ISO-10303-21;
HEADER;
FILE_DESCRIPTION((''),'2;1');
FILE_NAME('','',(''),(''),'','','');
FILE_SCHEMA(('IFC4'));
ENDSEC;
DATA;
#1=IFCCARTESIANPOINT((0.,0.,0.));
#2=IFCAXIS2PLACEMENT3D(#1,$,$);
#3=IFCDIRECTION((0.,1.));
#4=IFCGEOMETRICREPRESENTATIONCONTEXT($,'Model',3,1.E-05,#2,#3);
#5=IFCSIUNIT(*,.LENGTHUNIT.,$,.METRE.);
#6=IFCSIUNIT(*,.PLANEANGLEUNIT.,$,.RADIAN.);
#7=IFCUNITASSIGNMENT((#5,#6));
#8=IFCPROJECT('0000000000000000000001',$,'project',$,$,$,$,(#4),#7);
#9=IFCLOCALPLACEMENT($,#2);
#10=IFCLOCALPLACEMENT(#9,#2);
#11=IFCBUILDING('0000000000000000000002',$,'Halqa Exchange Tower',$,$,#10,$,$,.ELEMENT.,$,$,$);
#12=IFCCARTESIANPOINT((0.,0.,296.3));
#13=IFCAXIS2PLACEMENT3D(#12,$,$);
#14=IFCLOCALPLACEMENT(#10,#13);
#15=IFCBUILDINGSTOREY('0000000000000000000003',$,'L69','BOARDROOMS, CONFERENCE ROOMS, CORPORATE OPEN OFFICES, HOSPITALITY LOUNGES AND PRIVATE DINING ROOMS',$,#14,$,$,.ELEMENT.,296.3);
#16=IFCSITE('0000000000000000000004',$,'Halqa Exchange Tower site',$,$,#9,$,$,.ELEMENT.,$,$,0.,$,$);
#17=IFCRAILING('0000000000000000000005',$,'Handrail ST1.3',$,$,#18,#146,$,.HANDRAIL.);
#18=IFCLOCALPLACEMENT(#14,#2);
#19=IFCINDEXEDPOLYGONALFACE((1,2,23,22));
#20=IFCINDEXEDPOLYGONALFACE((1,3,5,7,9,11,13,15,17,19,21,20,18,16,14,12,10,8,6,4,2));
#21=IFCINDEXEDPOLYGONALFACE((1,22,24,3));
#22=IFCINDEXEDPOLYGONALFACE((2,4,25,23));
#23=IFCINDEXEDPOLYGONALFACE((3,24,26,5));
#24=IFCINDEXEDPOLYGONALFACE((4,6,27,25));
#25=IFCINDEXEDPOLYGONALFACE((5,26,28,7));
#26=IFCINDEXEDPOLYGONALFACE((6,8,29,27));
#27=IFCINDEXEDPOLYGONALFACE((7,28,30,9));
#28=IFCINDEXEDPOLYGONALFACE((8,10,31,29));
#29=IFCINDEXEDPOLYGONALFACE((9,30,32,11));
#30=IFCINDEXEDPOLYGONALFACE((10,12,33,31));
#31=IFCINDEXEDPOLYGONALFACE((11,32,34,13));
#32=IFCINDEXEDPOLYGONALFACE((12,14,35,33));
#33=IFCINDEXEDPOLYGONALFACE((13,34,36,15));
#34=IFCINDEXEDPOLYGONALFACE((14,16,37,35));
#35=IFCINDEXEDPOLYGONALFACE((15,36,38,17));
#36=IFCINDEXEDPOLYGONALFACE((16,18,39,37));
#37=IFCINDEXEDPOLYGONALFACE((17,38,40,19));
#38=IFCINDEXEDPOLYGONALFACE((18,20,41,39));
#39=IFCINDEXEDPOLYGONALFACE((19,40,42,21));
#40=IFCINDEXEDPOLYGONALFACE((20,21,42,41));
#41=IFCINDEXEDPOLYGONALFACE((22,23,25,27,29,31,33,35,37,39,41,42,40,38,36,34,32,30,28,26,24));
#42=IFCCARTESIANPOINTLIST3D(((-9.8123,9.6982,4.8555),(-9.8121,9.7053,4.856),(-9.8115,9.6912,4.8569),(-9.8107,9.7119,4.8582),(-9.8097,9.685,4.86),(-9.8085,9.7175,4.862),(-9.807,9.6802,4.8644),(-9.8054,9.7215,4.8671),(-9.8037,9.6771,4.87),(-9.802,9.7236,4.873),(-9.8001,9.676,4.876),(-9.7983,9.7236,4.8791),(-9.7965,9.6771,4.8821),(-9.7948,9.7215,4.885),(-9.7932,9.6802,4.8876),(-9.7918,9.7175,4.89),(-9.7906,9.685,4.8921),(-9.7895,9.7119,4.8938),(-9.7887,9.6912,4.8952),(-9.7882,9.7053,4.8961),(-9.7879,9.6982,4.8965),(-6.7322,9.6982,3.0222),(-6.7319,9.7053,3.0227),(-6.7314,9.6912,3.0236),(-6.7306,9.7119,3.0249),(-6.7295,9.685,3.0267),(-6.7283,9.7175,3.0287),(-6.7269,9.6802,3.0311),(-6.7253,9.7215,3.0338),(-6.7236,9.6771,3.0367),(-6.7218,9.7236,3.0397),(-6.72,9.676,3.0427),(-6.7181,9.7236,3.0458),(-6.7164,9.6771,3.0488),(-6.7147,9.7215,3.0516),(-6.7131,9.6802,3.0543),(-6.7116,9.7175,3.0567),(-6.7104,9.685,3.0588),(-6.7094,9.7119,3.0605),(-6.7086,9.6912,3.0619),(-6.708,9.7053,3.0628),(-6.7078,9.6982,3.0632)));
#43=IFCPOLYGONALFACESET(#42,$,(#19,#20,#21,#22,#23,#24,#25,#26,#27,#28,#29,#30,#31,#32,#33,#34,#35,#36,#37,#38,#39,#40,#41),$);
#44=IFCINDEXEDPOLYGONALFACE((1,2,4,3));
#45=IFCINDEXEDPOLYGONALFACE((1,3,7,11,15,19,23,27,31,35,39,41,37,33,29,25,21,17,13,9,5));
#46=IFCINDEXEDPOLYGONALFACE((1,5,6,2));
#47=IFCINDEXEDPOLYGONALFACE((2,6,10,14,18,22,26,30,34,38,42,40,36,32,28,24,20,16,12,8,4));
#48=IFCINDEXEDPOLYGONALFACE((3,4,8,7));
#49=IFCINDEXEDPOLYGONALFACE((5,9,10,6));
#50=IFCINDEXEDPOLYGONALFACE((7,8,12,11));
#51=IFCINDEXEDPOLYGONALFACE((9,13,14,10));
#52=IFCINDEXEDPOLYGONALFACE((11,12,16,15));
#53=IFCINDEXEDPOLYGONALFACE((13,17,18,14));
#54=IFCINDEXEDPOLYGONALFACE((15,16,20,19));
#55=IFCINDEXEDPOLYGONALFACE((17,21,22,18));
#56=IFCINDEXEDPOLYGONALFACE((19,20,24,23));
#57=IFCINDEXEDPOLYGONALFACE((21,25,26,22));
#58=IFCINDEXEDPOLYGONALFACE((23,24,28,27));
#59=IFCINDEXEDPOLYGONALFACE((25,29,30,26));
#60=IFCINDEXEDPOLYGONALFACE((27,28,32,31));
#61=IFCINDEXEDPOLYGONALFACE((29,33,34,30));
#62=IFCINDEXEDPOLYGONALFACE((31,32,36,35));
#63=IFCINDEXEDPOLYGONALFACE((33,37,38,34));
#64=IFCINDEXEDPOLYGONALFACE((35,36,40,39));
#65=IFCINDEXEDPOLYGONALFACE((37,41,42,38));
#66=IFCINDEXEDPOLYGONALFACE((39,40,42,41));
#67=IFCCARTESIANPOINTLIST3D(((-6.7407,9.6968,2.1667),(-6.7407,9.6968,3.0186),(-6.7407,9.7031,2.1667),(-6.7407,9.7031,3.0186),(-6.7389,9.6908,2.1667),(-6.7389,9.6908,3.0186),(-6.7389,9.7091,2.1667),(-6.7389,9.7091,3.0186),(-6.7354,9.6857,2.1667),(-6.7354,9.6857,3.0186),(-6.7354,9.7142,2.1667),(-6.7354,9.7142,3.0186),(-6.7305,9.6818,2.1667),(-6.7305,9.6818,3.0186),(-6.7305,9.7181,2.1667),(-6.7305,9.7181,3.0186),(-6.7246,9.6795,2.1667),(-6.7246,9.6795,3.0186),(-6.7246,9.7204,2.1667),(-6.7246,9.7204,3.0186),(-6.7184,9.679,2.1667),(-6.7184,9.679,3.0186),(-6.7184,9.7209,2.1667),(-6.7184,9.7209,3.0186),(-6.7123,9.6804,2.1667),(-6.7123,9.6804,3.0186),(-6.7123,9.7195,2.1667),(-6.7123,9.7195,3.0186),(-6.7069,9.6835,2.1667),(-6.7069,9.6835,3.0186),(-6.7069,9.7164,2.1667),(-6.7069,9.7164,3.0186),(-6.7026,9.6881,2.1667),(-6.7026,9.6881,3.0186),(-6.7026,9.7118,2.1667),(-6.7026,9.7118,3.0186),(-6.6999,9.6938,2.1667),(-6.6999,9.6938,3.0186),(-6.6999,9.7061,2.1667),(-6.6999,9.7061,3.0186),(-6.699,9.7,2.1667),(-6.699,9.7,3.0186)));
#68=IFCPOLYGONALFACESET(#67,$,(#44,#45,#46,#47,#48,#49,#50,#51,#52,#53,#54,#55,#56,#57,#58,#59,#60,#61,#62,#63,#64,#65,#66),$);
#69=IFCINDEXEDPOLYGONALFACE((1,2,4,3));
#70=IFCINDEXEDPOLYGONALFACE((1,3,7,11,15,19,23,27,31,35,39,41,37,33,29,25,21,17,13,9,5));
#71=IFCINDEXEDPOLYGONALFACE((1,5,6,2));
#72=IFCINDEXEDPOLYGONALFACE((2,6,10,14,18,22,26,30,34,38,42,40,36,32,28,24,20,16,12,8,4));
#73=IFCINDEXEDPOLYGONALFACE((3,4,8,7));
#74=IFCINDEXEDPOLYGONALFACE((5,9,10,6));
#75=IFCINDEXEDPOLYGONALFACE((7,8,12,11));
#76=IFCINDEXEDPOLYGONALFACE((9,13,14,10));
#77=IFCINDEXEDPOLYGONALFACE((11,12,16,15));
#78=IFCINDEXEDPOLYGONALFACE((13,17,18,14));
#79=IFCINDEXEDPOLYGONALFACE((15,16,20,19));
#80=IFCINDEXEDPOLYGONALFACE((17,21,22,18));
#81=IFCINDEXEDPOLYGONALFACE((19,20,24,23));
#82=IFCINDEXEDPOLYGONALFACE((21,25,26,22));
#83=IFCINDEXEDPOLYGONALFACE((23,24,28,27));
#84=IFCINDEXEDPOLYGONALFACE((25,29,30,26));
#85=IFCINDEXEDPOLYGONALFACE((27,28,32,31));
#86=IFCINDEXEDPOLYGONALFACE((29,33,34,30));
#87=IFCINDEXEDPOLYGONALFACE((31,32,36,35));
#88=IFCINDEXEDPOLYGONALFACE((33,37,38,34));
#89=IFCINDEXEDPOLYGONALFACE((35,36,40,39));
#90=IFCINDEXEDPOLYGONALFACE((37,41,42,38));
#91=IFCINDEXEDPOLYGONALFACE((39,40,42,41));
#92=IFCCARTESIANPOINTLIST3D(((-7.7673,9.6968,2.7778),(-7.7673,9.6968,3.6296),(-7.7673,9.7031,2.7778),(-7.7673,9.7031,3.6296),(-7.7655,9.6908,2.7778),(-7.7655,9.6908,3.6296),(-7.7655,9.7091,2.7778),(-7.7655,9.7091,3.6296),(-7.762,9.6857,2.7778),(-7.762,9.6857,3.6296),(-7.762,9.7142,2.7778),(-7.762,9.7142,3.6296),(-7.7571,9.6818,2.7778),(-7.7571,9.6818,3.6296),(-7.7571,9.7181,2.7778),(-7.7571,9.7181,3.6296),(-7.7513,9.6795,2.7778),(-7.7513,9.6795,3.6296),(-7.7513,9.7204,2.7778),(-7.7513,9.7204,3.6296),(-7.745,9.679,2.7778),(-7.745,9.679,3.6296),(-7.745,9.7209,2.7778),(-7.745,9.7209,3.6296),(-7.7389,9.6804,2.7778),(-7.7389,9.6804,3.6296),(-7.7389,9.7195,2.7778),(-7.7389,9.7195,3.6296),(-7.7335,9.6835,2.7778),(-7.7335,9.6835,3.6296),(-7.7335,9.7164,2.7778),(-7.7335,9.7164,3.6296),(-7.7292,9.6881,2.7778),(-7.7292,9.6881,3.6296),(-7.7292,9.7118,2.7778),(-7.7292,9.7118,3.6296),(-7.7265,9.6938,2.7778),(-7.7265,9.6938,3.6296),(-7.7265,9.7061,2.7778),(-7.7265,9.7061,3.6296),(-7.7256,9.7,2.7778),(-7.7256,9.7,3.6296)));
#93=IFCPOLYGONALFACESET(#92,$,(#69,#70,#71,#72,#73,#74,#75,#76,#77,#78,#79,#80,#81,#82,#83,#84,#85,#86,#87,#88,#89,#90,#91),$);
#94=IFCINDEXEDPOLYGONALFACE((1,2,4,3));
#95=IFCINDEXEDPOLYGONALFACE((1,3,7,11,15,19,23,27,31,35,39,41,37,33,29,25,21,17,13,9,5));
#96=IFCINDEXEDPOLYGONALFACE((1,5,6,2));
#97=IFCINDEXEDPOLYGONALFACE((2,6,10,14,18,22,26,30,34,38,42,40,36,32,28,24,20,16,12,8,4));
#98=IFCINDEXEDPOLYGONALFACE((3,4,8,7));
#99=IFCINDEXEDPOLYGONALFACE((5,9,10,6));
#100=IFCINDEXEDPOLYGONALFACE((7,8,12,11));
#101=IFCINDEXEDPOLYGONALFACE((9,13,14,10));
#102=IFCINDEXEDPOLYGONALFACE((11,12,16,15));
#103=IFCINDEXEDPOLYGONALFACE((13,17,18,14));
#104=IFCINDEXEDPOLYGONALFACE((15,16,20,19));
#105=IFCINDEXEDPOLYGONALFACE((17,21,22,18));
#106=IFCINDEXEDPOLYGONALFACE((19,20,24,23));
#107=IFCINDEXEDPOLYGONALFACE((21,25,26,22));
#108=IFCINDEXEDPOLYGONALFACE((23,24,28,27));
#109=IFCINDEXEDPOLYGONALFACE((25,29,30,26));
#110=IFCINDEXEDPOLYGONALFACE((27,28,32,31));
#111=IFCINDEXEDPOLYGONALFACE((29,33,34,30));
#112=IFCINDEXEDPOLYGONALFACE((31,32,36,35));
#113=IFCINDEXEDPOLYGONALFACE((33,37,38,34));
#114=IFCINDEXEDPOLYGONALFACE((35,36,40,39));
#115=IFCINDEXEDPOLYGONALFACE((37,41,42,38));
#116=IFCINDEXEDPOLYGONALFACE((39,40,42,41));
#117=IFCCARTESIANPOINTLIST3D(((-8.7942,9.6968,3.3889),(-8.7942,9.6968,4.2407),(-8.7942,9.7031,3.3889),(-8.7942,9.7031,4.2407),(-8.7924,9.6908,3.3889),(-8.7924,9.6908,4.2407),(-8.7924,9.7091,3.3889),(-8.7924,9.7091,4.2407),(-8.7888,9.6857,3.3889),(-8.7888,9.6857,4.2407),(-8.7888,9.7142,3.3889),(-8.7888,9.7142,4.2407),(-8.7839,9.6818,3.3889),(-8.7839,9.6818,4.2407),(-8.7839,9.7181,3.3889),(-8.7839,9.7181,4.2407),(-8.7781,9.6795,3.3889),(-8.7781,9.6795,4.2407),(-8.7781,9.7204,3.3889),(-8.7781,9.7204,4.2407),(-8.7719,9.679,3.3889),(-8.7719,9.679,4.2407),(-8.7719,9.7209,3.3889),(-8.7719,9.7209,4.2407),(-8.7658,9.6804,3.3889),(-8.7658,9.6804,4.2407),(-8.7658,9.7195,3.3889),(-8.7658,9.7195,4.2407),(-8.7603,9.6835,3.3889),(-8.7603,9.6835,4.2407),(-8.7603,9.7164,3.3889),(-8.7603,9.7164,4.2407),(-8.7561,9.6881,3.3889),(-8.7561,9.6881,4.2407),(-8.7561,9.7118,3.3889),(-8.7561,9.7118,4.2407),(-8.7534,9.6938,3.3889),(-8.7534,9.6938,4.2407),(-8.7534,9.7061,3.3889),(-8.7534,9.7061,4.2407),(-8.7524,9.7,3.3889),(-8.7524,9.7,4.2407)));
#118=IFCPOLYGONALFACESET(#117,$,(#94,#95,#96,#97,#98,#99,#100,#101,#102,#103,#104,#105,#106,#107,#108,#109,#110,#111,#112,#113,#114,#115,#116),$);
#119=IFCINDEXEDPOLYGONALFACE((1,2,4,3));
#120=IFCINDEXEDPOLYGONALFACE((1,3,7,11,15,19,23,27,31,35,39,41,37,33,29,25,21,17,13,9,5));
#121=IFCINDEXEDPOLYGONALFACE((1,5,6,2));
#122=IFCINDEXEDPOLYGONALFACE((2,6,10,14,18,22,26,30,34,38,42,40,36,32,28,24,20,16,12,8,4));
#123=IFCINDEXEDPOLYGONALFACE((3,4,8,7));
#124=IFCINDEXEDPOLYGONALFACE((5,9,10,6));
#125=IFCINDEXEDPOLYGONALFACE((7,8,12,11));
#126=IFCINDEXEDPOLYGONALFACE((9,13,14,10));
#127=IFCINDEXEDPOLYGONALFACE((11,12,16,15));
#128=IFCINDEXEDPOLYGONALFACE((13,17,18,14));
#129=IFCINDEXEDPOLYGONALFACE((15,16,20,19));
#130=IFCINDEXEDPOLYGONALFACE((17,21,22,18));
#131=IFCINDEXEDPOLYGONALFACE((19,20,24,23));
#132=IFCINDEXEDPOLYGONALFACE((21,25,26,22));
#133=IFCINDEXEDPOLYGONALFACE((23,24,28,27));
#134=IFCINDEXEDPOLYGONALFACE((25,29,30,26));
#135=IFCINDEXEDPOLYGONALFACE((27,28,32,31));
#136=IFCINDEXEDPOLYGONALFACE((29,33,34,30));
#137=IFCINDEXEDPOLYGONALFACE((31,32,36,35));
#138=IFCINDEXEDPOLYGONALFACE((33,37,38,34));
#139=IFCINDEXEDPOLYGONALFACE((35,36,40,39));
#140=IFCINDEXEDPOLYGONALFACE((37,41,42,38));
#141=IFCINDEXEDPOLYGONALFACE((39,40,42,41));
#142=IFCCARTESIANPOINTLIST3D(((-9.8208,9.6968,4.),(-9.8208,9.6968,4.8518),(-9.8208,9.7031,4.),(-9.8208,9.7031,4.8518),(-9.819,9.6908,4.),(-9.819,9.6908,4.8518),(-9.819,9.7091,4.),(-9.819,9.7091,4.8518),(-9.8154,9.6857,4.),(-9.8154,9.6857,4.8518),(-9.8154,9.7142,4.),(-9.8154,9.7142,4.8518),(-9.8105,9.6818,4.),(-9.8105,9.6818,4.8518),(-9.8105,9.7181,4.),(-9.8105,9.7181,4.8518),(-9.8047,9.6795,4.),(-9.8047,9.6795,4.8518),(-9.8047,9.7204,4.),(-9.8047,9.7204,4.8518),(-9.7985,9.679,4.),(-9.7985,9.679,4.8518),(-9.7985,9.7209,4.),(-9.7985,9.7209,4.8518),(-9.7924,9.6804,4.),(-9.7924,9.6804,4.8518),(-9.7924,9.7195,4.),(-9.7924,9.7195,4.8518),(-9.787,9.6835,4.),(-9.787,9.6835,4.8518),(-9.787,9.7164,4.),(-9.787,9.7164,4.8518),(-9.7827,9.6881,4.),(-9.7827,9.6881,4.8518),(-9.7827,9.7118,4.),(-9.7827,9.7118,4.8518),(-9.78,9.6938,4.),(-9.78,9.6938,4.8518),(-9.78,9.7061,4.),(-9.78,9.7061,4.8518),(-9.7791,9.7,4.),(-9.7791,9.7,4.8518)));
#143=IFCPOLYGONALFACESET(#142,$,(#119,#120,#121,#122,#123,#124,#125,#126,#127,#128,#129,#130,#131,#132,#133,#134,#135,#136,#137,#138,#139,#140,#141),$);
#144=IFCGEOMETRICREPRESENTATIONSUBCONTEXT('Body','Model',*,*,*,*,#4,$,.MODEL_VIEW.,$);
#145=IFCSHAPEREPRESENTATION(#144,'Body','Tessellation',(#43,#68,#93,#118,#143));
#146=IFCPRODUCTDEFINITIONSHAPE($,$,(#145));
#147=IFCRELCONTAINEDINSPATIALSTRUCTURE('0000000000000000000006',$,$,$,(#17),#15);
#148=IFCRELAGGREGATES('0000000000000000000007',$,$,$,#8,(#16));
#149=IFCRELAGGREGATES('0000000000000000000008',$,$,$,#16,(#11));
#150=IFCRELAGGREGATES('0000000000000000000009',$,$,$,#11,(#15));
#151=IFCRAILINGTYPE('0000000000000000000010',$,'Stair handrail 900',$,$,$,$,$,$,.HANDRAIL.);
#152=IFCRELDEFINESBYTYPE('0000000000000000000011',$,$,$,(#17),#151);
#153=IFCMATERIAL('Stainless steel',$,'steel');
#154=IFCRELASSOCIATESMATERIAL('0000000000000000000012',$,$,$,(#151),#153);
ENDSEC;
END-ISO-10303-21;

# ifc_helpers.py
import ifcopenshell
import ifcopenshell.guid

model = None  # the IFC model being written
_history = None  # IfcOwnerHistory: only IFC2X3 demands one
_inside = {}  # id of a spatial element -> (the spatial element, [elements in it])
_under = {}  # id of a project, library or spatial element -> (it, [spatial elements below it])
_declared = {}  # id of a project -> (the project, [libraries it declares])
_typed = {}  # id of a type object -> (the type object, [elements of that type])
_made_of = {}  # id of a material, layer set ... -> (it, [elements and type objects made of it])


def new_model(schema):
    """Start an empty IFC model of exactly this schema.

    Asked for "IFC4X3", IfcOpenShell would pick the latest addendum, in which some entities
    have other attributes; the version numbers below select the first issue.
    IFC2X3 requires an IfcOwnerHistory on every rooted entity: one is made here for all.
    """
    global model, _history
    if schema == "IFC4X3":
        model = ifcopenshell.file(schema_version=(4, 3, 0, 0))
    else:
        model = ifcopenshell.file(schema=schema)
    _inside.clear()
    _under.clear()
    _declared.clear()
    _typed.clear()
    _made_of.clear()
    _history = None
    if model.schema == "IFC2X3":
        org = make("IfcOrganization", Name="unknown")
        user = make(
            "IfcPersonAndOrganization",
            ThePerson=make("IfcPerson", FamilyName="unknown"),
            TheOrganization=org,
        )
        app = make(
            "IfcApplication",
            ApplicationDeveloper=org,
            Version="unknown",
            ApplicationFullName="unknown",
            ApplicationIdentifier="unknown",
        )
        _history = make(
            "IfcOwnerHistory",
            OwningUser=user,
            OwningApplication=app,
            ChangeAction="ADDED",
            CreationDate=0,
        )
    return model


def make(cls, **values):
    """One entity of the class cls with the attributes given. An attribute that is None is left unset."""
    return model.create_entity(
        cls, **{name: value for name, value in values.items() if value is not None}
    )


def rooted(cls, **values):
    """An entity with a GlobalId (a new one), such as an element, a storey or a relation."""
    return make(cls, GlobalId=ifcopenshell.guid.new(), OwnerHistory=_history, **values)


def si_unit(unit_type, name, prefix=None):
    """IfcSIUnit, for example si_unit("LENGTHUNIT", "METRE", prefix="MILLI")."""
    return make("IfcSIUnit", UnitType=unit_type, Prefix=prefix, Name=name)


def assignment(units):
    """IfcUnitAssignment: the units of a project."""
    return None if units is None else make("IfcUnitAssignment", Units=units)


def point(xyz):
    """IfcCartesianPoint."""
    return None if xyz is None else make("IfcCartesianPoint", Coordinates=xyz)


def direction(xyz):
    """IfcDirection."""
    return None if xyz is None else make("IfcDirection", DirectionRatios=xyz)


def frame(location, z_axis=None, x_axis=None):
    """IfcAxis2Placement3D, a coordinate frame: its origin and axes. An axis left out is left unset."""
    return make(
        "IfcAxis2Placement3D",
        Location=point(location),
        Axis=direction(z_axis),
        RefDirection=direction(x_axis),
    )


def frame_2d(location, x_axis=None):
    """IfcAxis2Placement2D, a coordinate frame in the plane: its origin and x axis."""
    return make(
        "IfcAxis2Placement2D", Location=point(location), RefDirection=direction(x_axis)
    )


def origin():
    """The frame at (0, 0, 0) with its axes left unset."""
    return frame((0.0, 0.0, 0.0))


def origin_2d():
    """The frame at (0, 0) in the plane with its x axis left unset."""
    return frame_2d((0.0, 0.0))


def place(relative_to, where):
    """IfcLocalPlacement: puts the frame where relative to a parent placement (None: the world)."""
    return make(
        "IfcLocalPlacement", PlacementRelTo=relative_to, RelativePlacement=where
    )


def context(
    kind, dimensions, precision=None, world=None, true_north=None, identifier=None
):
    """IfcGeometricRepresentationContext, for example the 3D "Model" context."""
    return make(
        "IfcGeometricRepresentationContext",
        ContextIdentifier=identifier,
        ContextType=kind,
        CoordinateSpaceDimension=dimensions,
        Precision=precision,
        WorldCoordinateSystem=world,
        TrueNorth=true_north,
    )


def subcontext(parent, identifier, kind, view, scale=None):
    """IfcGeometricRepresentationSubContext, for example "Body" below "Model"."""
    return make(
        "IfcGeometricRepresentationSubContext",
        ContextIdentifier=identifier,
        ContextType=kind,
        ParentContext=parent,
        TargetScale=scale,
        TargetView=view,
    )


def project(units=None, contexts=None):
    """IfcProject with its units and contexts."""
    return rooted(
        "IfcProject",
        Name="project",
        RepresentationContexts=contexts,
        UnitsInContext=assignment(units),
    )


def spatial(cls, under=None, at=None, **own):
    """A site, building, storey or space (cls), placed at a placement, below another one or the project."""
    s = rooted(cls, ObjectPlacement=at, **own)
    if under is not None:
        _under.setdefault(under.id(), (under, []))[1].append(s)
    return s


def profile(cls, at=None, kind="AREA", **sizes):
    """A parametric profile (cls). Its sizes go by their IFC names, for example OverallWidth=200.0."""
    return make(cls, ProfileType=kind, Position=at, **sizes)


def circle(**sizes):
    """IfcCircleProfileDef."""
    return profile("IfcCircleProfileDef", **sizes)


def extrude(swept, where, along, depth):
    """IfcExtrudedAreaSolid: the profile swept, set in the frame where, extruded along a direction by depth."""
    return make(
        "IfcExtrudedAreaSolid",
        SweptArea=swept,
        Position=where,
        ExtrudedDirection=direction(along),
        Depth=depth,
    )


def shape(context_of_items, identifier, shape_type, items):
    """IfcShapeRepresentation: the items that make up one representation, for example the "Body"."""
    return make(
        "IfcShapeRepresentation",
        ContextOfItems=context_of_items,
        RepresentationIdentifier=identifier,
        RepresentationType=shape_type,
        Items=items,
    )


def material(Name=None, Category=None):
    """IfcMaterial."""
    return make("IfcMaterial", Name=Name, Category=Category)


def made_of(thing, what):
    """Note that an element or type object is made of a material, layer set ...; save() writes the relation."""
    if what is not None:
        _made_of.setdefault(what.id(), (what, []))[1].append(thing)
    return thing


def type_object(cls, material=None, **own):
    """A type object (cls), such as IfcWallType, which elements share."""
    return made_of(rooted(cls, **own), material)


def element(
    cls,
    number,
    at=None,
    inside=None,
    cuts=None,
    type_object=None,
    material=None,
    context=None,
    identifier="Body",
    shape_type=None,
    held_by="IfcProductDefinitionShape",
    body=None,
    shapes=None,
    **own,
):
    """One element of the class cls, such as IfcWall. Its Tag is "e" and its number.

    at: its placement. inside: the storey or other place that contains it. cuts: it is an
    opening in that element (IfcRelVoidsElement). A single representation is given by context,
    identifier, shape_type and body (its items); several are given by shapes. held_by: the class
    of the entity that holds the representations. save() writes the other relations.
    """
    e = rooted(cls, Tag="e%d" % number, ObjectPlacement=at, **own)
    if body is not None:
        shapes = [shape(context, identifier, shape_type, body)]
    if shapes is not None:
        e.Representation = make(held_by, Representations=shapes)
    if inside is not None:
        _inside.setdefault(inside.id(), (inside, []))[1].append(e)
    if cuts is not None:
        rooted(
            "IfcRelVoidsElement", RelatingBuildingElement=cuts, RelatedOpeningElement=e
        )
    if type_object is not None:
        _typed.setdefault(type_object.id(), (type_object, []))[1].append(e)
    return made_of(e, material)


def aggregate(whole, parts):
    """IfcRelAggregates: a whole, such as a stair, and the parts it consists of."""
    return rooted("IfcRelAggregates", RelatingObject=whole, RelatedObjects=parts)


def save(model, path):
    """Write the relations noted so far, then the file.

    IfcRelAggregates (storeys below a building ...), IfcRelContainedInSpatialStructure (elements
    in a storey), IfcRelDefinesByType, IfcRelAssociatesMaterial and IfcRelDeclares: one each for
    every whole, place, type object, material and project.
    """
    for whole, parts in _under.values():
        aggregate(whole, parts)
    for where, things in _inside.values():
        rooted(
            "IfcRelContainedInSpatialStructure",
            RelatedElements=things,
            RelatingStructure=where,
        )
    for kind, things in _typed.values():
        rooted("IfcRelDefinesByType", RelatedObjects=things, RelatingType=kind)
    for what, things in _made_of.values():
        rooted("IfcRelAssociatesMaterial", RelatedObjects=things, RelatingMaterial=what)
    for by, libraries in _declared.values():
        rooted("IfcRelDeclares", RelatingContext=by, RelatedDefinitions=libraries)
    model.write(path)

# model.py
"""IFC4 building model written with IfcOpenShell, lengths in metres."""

from ifc_helpers import new_model, si_unit, direction, frame, origin, origin_2d, place, context, subcontext, project, spatial, circle, extrude, material, type_object, element, save


model = new_model("IFC4")

# Units and contexts
model_context = context("Model", 3, precision=1e-05, world=origin(), true_north=direction((0.0, 1.0)))
body_context = subcontext(model_context, "Body", "Model", "MODEL_VIEW")
ifc_project = project(units=[si_unit("LENGTHUNIT", "METRE"), si_unit("PLANEANGLEUNIT", "RADIAN")], contexts=[model_context])

# Site, building, storey
site_placement = place(None, origin())
site = spatial("IfcSite", under=ifc_project, at=site_placement, Name="Halqa Exchange Tower site", CompositionType="ELEMENT", RefElevation=0.0)
building_placement = place(site_placement, origin())
building = spatial("IfcBuilding", under=site, at=building_placement, Name="Halqa Exchange Tower", CompositionType="ELEMENT")
storey_placement = place(building_placement, frame((0.0, 0.0, 296.3)))
storey = spatial("IfcBuildingStorey", under=building, at=storey_placement, Name="L69", Description="BOARDROOMS, CONFERENCE ROOMS, CORPORATE OPEN OFFICES, HOSPITALITY LOUNGES AND PRIVATE DINING ROOMS", CompositionType="ELEMENT", Elevation=296.3)

# Railing
ifc_material_1 = material(Name="Stainless steel", Category="steel")
railing_type_1 = type_object("IfcRailingType", Name="Stair handrail 900", PredefinedType="HANDRAIL", material=ifc_material_1)
railing_1_placement = place(storey_placement, frame((-6.72, 9.7, 2.1667)))
element("IfcRailing", 1, at=railing_1_placement, inside=storey, type_object=railing_type_1, Name="Handrail ST1.3", PredefinedType="HANDRAIL", context=body_context, shape_type="SweptSolid", body=[
    extrude(circle(Radius=0.0239, at=origin_2d()), frame((0.0, 0.0, 0.876), z_axis=(-0.859309, 0.0, 0.511458), x_axis=(0.0, -1.0, 0.0)), (0.0, 0.0, 1.0), 3.5845),
    extrude(circle(Radius=0.021, at=origin_2d()), origin(), (0.0, 0.0, 1.0), 0.8518),
    extrude(circle(Radius=0.021, at=origin_2d()), frame((-1.0266, 0.0, 0.6111)), (0.0, 0.0, 1.0), 0.8518),
    extrude(circle(Radius=0.021, at=origin_2d()), frame((-2.0535, 0.0, 1.2222)), (0.0, 0.0, 1.0), 0.8518),
    extrude(circle(Radius=0.021, at=origin_2d()), frame((-3.0801, 0.0, 1.8333)), (0.0, 0.0, 1.0), 0.8518),
])

save(model, "model.ifc")
